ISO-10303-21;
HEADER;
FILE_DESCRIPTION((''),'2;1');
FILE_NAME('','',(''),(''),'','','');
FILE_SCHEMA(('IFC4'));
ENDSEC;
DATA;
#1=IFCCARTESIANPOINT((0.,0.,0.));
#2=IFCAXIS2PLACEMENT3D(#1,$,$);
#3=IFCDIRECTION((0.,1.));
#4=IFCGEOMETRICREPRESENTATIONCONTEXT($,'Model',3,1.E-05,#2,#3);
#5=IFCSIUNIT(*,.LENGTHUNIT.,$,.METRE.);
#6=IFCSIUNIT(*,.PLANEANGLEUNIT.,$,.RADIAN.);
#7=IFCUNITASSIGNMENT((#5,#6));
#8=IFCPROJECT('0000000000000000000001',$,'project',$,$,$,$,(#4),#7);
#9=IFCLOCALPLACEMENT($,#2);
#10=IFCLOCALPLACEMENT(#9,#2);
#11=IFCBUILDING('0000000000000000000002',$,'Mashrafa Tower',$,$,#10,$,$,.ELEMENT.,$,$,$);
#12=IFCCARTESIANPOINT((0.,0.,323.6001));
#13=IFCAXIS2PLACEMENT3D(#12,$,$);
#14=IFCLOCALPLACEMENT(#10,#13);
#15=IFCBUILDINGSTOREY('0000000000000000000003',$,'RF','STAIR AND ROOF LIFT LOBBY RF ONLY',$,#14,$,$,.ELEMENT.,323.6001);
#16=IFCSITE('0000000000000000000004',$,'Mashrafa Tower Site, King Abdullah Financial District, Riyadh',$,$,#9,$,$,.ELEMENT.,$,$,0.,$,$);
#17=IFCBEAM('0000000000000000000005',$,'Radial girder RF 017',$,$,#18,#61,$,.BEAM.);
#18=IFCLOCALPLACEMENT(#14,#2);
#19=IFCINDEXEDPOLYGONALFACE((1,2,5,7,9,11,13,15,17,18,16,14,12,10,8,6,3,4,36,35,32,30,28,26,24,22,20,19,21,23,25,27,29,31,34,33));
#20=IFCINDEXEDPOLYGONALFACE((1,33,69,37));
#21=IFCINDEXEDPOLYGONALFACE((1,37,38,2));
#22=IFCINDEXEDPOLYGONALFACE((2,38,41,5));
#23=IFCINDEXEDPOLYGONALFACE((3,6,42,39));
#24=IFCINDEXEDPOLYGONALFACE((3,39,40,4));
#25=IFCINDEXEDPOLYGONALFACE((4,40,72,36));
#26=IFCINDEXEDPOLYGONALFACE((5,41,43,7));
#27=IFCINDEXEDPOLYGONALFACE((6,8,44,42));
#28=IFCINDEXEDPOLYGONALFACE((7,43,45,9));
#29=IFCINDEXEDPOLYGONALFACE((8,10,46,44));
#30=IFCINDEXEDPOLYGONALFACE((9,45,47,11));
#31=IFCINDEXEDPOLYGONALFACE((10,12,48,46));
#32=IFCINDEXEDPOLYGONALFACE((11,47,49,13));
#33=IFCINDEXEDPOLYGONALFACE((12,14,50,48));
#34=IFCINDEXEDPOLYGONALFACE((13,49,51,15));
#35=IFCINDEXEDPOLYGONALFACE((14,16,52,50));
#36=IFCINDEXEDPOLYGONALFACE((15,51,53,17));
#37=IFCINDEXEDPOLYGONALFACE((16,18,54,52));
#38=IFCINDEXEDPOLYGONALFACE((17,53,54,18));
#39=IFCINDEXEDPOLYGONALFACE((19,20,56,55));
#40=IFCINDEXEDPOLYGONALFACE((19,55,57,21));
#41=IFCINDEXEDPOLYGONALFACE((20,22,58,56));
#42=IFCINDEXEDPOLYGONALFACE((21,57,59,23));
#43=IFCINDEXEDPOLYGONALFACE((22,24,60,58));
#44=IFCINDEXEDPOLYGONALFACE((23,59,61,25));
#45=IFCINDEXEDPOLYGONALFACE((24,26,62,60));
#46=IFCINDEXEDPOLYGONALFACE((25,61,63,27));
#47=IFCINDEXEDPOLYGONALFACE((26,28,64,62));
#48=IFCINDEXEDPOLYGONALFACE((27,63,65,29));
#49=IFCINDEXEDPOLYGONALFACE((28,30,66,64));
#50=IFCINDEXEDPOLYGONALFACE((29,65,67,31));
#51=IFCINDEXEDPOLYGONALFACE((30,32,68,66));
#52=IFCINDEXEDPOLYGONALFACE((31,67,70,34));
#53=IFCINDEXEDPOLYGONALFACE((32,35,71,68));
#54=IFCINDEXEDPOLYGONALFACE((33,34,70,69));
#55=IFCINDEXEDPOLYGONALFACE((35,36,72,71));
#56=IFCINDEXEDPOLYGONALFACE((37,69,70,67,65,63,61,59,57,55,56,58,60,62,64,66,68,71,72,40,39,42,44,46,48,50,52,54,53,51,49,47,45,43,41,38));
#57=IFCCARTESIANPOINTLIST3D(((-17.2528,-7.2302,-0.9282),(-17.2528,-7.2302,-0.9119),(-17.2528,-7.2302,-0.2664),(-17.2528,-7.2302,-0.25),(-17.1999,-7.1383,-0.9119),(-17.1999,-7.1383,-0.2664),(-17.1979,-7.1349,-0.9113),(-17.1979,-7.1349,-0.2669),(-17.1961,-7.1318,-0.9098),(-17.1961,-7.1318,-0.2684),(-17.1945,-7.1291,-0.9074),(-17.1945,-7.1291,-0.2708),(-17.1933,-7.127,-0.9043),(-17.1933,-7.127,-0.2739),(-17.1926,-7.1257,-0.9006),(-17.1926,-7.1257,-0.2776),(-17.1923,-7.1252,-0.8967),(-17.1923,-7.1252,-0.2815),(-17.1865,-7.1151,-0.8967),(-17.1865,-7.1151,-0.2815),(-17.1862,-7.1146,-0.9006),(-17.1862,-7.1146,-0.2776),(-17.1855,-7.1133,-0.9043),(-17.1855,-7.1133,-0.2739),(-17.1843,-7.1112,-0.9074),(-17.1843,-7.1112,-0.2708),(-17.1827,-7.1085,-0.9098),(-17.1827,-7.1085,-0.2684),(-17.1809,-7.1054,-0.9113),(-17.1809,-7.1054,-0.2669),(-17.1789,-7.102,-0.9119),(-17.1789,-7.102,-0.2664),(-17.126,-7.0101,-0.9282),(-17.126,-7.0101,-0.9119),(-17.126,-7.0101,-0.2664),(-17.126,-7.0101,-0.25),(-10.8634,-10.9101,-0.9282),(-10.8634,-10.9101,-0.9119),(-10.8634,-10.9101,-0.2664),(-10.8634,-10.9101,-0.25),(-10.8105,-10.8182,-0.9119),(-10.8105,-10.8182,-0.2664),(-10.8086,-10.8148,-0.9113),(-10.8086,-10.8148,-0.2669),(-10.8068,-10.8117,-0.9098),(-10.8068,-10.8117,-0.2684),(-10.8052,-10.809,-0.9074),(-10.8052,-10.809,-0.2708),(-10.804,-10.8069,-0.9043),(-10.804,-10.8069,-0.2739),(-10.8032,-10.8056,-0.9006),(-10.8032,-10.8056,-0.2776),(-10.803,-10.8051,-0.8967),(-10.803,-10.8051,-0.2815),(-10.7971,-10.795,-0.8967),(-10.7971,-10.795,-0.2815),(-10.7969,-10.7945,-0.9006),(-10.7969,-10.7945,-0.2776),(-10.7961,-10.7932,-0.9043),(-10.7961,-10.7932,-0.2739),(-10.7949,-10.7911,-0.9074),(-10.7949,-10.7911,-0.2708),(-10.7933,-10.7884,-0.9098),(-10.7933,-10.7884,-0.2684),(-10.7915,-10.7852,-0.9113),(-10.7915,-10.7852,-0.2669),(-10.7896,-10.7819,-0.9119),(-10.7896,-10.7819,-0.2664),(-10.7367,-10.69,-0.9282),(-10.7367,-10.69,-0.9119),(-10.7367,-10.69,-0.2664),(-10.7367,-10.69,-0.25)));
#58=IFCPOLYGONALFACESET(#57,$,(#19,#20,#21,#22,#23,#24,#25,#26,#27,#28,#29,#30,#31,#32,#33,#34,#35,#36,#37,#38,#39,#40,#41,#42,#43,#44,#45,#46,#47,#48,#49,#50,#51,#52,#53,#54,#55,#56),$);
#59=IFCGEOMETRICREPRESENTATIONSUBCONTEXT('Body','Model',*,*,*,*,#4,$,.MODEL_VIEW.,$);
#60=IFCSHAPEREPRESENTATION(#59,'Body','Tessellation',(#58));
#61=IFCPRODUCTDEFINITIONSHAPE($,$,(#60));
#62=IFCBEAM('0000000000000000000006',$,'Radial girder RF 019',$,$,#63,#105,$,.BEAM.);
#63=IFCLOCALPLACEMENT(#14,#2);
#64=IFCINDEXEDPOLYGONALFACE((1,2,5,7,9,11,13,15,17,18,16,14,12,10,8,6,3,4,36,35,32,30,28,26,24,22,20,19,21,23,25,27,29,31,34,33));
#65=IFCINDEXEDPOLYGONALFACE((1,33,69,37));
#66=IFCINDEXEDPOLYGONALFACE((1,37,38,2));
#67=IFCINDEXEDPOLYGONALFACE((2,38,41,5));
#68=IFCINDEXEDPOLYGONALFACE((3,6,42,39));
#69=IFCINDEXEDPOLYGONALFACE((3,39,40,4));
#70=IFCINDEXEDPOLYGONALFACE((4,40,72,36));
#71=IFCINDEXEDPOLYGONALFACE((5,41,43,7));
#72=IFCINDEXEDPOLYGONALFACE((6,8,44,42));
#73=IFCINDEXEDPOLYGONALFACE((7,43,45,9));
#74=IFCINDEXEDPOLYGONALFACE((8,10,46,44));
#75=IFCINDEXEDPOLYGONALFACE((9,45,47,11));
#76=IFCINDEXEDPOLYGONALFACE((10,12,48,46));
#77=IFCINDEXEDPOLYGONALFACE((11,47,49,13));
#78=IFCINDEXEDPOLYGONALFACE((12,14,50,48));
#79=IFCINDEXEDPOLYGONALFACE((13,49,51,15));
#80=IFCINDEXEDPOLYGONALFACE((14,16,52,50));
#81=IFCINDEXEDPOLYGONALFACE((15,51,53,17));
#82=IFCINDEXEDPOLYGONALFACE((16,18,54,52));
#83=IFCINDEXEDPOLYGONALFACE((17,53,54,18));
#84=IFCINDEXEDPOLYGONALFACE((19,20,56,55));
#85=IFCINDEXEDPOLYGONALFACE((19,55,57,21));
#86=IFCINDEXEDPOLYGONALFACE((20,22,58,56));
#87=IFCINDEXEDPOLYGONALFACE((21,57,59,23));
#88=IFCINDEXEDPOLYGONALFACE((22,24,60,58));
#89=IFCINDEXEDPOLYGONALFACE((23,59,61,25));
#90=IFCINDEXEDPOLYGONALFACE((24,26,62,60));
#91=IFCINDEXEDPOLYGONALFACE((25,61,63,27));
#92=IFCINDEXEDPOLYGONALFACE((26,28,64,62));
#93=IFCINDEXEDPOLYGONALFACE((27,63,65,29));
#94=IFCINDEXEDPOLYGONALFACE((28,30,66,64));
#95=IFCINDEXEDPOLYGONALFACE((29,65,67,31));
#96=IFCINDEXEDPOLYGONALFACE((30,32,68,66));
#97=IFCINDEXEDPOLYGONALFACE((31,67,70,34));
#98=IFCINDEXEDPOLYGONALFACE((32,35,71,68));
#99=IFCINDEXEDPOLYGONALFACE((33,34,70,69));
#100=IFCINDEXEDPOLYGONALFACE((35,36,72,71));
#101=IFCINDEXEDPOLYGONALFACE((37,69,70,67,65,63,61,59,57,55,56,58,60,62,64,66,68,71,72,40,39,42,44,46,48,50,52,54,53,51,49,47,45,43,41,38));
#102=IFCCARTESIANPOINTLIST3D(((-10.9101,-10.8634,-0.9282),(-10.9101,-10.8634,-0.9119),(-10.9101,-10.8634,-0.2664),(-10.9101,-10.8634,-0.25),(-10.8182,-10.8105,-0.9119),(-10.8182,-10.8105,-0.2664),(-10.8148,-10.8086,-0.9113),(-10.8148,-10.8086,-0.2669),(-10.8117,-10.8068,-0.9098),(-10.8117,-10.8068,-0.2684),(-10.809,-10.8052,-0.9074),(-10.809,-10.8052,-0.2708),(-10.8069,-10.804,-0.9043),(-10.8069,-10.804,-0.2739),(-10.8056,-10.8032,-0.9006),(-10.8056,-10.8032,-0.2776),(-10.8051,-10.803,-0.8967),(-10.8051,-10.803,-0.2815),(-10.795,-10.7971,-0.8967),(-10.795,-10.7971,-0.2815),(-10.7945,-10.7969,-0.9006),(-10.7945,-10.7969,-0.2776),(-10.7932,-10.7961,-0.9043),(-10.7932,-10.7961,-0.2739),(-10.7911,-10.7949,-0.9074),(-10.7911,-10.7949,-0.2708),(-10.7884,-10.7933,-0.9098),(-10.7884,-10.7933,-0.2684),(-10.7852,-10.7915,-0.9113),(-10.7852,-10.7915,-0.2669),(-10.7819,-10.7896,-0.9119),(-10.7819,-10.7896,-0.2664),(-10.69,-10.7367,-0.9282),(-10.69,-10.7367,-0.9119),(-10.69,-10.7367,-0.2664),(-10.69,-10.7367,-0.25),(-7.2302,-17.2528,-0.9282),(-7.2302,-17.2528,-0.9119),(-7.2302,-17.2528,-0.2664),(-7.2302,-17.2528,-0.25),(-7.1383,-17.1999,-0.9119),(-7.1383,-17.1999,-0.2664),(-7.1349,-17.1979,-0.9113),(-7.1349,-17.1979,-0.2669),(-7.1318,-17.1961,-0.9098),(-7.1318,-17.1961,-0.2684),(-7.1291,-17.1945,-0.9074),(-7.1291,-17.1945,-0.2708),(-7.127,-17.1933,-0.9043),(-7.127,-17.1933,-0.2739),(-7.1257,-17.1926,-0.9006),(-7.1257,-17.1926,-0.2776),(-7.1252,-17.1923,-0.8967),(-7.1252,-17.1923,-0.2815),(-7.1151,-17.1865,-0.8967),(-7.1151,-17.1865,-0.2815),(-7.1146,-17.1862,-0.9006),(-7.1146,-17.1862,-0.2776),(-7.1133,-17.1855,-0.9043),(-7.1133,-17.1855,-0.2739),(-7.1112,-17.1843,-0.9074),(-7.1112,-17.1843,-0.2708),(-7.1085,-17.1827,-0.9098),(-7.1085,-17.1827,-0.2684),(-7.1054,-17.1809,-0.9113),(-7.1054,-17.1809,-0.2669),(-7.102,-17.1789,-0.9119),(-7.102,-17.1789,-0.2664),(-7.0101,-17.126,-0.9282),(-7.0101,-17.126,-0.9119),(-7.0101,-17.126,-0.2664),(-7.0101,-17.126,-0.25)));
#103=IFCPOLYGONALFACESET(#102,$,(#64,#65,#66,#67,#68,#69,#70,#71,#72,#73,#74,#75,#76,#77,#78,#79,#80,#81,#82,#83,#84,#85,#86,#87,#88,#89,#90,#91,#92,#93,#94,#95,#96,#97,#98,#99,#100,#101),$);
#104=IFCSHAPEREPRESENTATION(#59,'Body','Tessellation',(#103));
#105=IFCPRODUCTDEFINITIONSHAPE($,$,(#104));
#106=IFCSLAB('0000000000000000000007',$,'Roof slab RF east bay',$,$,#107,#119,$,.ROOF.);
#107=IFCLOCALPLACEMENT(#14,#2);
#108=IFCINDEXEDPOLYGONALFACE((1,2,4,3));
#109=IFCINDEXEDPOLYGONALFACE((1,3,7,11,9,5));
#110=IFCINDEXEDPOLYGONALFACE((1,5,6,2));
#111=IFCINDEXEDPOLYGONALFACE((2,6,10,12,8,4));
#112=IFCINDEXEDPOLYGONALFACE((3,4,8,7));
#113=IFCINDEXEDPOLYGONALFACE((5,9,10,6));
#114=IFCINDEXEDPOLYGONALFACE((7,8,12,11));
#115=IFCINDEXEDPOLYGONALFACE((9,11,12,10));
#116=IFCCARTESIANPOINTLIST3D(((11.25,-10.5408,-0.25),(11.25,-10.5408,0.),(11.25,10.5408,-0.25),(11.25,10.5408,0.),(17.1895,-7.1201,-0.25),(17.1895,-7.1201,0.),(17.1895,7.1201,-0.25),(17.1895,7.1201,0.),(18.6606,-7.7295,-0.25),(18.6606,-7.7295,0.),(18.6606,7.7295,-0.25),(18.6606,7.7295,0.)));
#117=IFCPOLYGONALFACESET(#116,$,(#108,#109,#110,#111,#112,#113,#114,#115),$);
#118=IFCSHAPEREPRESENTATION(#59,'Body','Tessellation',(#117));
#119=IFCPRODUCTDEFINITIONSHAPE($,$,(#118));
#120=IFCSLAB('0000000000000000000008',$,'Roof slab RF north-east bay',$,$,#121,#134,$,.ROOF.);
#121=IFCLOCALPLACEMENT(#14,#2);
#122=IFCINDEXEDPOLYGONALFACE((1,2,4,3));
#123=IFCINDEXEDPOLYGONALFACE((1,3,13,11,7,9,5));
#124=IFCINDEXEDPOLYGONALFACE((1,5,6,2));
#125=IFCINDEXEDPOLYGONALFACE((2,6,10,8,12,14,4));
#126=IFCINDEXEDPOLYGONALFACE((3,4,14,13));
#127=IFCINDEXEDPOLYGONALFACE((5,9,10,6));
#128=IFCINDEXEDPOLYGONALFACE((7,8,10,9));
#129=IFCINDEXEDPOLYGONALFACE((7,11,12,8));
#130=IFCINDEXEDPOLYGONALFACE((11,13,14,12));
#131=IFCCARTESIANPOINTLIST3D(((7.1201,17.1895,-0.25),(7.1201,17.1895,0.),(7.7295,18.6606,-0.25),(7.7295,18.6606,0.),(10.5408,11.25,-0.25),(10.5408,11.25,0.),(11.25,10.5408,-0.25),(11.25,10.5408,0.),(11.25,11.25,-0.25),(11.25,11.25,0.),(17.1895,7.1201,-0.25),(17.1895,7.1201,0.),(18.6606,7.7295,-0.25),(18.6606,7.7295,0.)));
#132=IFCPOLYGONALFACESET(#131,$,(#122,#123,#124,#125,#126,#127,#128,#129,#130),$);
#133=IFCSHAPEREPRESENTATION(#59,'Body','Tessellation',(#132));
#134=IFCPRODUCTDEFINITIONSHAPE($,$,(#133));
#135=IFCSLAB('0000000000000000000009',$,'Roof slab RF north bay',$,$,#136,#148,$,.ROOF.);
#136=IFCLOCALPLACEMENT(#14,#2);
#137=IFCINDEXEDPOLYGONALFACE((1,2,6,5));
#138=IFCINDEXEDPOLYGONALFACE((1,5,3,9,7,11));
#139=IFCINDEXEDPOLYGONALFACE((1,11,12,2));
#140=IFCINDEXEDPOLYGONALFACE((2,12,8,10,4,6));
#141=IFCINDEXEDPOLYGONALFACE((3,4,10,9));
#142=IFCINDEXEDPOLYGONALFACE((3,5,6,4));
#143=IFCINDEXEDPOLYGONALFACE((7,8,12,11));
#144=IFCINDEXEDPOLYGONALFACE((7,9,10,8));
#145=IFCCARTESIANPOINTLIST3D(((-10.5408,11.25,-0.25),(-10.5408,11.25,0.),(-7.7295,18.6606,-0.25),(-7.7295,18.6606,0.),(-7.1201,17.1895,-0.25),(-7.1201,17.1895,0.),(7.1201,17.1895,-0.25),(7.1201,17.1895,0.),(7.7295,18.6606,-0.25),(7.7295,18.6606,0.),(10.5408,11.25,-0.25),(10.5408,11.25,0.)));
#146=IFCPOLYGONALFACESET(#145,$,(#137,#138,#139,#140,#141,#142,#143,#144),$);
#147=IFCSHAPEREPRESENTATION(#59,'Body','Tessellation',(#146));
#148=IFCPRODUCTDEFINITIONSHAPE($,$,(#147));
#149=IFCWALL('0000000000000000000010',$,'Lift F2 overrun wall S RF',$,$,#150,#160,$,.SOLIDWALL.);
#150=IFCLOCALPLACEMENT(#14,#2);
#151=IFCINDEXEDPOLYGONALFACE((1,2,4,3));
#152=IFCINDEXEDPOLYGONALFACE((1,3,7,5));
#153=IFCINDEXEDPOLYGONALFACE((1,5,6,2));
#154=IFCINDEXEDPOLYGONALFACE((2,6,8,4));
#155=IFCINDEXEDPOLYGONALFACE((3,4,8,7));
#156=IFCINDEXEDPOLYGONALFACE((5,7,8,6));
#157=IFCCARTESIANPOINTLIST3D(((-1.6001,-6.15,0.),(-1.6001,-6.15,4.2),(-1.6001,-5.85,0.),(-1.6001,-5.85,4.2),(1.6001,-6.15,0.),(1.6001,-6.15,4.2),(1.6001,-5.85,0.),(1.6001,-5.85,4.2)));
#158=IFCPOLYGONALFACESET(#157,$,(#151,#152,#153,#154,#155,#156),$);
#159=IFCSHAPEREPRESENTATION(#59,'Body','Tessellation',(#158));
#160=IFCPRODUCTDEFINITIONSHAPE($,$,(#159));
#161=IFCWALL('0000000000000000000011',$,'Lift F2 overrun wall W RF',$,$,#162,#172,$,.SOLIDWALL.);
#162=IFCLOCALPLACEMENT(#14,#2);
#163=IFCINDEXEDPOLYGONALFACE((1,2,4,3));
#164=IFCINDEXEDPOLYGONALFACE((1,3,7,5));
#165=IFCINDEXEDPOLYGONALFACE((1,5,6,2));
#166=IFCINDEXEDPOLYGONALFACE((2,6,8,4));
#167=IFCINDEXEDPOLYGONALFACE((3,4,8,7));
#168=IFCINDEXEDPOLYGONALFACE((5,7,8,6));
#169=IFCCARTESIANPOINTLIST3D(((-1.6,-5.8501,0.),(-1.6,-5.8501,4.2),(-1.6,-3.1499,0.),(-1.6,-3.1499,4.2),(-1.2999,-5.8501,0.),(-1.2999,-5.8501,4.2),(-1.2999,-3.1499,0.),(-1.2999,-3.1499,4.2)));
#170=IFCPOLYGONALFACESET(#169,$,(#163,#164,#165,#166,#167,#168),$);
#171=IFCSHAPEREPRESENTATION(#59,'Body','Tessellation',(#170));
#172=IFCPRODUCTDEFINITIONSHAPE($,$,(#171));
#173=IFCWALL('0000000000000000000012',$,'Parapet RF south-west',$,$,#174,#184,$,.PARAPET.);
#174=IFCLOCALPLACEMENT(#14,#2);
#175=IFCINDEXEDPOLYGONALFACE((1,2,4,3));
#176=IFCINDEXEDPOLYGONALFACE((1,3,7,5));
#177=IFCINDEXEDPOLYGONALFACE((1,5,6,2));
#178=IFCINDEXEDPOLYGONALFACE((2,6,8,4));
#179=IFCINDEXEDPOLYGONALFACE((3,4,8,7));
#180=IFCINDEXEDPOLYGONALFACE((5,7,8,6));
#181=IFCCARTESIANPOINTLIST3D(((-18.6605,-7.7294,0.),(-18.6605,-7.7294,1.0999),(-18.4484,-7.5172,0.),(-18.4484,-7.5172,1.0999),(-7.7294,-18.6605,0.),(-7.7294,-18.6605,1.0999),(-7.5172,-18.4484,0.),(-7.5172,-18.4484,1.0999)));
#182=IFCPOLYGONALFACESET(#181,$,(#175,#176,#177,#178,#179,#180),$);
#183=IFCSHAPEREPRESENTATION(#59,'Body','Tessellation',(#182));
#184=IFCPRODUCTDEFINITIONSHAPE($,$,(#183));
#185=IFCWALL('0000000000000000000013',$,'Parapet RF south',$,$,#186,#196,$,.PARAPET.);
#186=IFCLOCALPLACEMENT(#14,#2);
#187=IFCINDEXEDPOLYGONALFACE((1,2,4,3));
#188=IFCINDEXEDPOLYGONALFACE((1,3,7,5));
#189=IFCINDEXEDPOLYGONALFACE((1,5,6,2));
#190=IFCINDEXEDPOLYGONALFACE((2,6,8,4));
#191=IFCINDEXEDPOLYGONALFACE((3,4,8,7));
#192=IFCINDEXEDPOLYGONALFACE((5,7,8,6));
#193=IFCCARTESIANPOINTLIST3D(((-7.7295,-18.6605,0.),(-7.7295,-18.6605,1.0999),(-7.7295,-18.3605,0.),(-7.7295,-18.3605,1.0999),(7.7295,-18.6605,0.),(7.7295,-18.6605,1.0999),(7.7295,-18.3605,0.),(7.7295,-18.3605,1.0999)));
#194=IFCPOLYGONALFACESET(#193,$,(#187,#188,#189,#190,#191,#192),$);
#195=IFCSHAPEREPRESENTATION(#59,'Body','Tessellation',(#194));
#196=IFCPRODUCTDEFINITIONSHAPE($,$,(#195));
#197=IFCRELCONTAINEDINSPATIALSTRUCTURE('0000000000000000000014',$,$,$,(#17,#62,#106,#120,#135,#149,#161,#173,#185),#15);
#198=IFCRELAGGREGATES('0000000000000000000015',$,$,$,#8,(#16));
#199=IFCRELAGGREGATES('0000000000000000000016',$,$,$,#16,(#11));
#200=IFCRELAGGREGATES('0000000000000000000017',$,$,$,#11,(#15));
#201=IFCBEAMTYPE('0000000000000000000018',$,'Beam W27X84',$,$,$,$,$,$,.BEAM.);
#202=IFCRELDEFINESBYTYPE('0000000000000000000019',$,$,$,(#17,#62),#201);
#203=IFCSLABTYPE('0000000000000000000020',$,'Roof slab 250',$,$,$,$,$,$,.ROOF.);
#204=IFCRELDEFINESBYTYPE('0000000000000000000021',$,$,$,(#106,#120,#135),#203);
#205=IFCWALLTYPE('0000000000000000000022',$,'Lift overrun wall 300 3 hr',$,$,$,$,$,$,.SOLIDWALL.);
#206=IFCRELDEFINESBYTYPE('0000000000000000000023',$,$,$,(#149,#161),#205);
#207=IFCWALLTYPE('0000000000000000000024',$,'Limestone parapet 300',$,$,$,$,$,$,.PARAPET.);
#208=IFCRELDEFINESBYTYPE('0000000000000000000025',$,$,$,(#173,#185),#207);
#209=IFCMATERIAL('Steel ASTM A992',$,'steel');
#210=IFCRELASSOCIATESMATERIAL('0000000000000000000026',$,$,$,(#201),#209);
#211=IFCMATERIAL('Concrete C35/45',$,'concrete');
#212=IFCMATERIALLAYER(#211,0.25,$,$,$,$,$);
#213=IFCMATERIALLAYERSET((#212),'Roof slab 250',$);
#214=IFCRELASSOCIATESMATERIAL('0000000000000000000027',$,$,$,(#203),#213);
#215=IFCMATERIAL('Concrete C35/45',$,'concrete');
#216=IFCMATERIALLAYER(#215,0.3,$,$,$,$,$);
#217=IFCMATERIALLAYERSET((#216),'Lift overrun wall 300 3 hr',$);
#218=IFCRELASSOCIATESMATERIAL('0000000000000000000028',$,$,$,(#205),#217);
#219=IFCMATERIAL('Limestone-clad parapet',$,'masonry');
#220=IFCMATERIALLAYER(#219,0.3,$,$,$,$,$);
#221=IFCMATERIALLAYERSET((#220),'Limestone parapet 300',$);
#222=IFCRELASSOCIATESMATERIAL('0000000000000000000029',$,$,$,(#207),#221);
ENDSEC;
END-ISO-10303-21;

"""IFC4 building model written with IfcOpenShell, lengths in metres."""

from ifc_helpers import new_model, si_unit, direction, frame, frame_2d, origin, origin_2d, place, context, subcontext, project, spatial, polyline, rectangle, i_section, outline, extrude, material, layer, layer_set, material_profile, profile_set, type_object, element, save


model = new_model("IFC4")

# Units and contexts
model_context = context("Model", 3, precision=1e-05, world=origin(), true_north=direction((0.0, 1.0)))
body_context = subcontext(model_context, "Body", "Model", "MODEL_VIEW")
ifc_project = project(units=[si_unit("LENGTHUNIT", "METRE"), si_unit("PLANEANGLEUNIT", "RADIAN")], contexts=[model_context])

# Site, building, storey
site_placement = place(None, origin())
site = spatial("IfcSite", under=ifc_project, at=site_placement, Name="Mashrafa Tower Site, King Abdullah Financial District, Riyadh", CompositionType="ELEMENT", RefElevation=0.0)
building_placement = place(site_placement, origin())
building = spatial("IfcBuilding", under=site, at=building_placement, Name="Mashrafa Tower", CompositionType="ELEMENT")
storey_placement = place(building_placement, frame((0.0, 0.0, 323.6001)))
storey = spatial("IfcBuildingStorey", under=building, at=storey_placement, Name="RF", Description="STAIR AND ROOF LIFT LOBBY RF ONLY", CompositionType="ELEMENT", Elevation=323.6001)

# Beams
ifc_material_1 = material(Name="Steel ASTM A992", Category="steel")
ifc_material_profile_1 = material_profile(ifc_material_1, i_section(OverallWidth=0.2539, OverallDepth=0.6782, WebThickness=0.0117, FlangeThickness=0.0164, FilletRadius=0.0151, at=origin_2d()), Name="W27X84")
ifc_profile_set_1 = profile_set([ifc_material_profile_1], Name="Steel ASTM A992")
beam_type_1 = type_object("IfcBeamType", Name="Beam W27X84", PredefinedType="BEAM", material=ifc_profile_set_1)
for number, where, z_axis, x_axis, name in (
    (1, (-10.8, -10.8, -0.5891), (-0.866553, 0.499085, 0.0), (-0.499085, -0.866553, 0.0), "Radial girder RF 017"),
    (2, (-10.8, -10.8, -0.5891), (0.499085, -0.866553, 0.0), (0.866553, 0.499085, 0.0), "Radial girder RF 019"),
):
    element("IfcBeam", number, at=place(storey_placement, frame(where, z_axis=z_axis, x_axis=x_axis)), inside=storey, type_object=beam_type_1, Name=name, PredefinedType="BEAM", context=body_context, shape_type="SweptSolid", body=[
        extrude(i_section(OverallWidth=0.2539, OverallDepth=0.6782, WebThickness=0.0117, FlangeThickness=0.0164, FilletRadius=0.0151, at=origin_2d()), origin(), (0.0, 0.0, 1.0), 7.3733),
    ])

# Slabs
ifc_material_2 = material(Name="Concrete C35/45", Category="concrete")
ifc_layer_1 = layer(ifc_material_2, 0.25)
ifc_layer_set_1 = layer_set([ifc_layer_1], Name="Roof slab 250")
slab_type = type_object("IfcSlabType", Name="Roof slab 250", PredefinedType="ROOF", material=ifc_layer_set_1)
slab_1_placement = place(storey_placement, frame((0.0, 0.0, -0.25)))
element("IfcSlab", 3, at=slab_1_placement, inside=storey, type_object=slab_type, Name="Roof slab RF east bay", PredefinedType="ROOF", context=body_context, shape_type="SweptSolid", body=[
    extrude(outline(polyline([(18.6606, 7.7295), (18.6606, -7.7295), (18.6606, -7.7295), (17.1895, -7.1201), (11.25, -10.5408), (11.25, 10.5408), (17.1895, 7.1201), (18.6606, 7.7295), (18.6606, 7.7295)])), origin(), (0.0, 0.0, 1.0), 0.25),
])
slab_2_placement = place(storey_placement, frame((0.0, 0.0, -0.25)))
element("IfcSlab", 4, at=slab_2_placement, inside=storey, type_object=slab_type, Name="Roof slab RF north-east bay", PredefinedType="ROOF", context=body_context, shape_type="SweptSolid", body=[
    extrude(outline(polyline([(18.6606, 7.7295), (17.1895, 7.1201), (11.25, 10.5408), (11.25, 11.25), (10.5408, 11.25), (7.1201, 17.1895), (7.7295, 18.6606), (18.6606, 7.7295)])), origin(), (0.0, 0.0, 1.0), 0.25),
])
slab_3_placement = place(storey_placement, frame((0.0, 0.0, -0.25)))
element("IfcSlab", 5, at=slab_3_placement, inside=storey, type_object=slab_type, Name="Roof slab RF north bay", PredefinedType="ROOF", context=body_context, shape_type="SweptSolid", body=[
    extrude(outline(polyline([(-7.7295, 18.6606), (7.7295, 18.6606), (7.7295, 18.6606), (7.1201, 17.1895), (10.5408, 11.25), (-10.5408, 11.25), (-7.1201, 17.1895), (-7.7295, 18.6606), (-7.7295, 18.6606)])), origin(), (0.0, 0.0, 1.0), 0.25),
])

# Walls
ifc_material_3 = material(Name="Concrete C35/45", Category="concrete")
ifc_layer_2 = layer(ifc_material_3, 0.3)
ifc_layer_set_2 = layer_set([ifc_layer_2], Name="Lift overrun wall 300 3 hr")
wall_type_1 = type_object("IfcWallType", Name="Lift overrun wall 300 3 hr", PredefinedType="SOLIDWALL", material=ifc_layer_set_2)
wall_1_placement = place(storey_placement, frame((-1.6001, -6.0, 0.0), z_axis=(0.0, 0.0, 1.0), x_axis=(1.0, 0.0, 0.0)))
element("IfcWall", 6, at=wall_1_placement, inside=storey, type_object=wall_type_1, Name="Lift F2 overrun wall S RF", PredefinedType="SOLIDWALL", context=body_context, shape_type="SweptSolid", body=[
    extrude(rectangle(XDim=3.2002, YDim=0.3, at=frame_2d((1.6001, 0.0))), origin(), (0.0, 0.0, 1.0), 4.2),
])
wall_2_placement = place(storey_placement, frame((-1.45, -3.1499, 0.0), z_axis=(0.0, 0.0, 1.0), x_axis=(0.0, -1.0, 0.0)))
element("IfcWall", 7, at=wall_2_placement, inside=storey, type_object=wall_type_1, Name="Lift F2 overrun wall W RF", PredefinedType="SOLIDWALL", context=body_context, shape_type="SweptSolid", body=[
    extrude(rectangle(XDim=2.7002, YDim=0.3, at=frame_2d((1.3501, 0.0))), origin(), (0.0, 0.0, 1.0), 4.2),
])
ifc_material_4 = material(Name="Limestone-clad parapet", Category="masonry")
ifc_layer_3 = layer(ifc_material_4, 0.3)
ifc_layer_set_3 = layer_set([ifc_layer_3], Name="Limestone parapet 300")
wall_type_2 = type_object("IfcWallType", Name="Limestone parapet 300", PredefinedType="PARAPET", material=ifc_layer_set_3)
for number, where, z_axis, x_axis, name in (
    (8, (-18.5544, -7.6233, 0.0), (0.0, 0.0, 1.0), (0.707107, -0.707107, 0.0), "Parapet RF south-west"),
    (9, (-7.7295, -18.5105, 0.0), (0.0, 0.0, 1.0), (1.0, 0.0, 0.0), "Parapet RF south"),
):
    element("IfcWall", number, at=place(storey_placement, frame(where, z_axis=z_axis, x_axis=x_axis)), inside=storey, type_object=wall_type_2, Name=name, PredefinedType="PARAPET", context=body_context, shape_type="SweptSolid", body=[
        extrude(rectangle(XDim=15.459, YDim=0.3, at=frame_2d((7.7295, 0.0))), origin(), (0.0, 0.0, 1.0), 1.0999),
    ])

save(model, "model.ifc")
